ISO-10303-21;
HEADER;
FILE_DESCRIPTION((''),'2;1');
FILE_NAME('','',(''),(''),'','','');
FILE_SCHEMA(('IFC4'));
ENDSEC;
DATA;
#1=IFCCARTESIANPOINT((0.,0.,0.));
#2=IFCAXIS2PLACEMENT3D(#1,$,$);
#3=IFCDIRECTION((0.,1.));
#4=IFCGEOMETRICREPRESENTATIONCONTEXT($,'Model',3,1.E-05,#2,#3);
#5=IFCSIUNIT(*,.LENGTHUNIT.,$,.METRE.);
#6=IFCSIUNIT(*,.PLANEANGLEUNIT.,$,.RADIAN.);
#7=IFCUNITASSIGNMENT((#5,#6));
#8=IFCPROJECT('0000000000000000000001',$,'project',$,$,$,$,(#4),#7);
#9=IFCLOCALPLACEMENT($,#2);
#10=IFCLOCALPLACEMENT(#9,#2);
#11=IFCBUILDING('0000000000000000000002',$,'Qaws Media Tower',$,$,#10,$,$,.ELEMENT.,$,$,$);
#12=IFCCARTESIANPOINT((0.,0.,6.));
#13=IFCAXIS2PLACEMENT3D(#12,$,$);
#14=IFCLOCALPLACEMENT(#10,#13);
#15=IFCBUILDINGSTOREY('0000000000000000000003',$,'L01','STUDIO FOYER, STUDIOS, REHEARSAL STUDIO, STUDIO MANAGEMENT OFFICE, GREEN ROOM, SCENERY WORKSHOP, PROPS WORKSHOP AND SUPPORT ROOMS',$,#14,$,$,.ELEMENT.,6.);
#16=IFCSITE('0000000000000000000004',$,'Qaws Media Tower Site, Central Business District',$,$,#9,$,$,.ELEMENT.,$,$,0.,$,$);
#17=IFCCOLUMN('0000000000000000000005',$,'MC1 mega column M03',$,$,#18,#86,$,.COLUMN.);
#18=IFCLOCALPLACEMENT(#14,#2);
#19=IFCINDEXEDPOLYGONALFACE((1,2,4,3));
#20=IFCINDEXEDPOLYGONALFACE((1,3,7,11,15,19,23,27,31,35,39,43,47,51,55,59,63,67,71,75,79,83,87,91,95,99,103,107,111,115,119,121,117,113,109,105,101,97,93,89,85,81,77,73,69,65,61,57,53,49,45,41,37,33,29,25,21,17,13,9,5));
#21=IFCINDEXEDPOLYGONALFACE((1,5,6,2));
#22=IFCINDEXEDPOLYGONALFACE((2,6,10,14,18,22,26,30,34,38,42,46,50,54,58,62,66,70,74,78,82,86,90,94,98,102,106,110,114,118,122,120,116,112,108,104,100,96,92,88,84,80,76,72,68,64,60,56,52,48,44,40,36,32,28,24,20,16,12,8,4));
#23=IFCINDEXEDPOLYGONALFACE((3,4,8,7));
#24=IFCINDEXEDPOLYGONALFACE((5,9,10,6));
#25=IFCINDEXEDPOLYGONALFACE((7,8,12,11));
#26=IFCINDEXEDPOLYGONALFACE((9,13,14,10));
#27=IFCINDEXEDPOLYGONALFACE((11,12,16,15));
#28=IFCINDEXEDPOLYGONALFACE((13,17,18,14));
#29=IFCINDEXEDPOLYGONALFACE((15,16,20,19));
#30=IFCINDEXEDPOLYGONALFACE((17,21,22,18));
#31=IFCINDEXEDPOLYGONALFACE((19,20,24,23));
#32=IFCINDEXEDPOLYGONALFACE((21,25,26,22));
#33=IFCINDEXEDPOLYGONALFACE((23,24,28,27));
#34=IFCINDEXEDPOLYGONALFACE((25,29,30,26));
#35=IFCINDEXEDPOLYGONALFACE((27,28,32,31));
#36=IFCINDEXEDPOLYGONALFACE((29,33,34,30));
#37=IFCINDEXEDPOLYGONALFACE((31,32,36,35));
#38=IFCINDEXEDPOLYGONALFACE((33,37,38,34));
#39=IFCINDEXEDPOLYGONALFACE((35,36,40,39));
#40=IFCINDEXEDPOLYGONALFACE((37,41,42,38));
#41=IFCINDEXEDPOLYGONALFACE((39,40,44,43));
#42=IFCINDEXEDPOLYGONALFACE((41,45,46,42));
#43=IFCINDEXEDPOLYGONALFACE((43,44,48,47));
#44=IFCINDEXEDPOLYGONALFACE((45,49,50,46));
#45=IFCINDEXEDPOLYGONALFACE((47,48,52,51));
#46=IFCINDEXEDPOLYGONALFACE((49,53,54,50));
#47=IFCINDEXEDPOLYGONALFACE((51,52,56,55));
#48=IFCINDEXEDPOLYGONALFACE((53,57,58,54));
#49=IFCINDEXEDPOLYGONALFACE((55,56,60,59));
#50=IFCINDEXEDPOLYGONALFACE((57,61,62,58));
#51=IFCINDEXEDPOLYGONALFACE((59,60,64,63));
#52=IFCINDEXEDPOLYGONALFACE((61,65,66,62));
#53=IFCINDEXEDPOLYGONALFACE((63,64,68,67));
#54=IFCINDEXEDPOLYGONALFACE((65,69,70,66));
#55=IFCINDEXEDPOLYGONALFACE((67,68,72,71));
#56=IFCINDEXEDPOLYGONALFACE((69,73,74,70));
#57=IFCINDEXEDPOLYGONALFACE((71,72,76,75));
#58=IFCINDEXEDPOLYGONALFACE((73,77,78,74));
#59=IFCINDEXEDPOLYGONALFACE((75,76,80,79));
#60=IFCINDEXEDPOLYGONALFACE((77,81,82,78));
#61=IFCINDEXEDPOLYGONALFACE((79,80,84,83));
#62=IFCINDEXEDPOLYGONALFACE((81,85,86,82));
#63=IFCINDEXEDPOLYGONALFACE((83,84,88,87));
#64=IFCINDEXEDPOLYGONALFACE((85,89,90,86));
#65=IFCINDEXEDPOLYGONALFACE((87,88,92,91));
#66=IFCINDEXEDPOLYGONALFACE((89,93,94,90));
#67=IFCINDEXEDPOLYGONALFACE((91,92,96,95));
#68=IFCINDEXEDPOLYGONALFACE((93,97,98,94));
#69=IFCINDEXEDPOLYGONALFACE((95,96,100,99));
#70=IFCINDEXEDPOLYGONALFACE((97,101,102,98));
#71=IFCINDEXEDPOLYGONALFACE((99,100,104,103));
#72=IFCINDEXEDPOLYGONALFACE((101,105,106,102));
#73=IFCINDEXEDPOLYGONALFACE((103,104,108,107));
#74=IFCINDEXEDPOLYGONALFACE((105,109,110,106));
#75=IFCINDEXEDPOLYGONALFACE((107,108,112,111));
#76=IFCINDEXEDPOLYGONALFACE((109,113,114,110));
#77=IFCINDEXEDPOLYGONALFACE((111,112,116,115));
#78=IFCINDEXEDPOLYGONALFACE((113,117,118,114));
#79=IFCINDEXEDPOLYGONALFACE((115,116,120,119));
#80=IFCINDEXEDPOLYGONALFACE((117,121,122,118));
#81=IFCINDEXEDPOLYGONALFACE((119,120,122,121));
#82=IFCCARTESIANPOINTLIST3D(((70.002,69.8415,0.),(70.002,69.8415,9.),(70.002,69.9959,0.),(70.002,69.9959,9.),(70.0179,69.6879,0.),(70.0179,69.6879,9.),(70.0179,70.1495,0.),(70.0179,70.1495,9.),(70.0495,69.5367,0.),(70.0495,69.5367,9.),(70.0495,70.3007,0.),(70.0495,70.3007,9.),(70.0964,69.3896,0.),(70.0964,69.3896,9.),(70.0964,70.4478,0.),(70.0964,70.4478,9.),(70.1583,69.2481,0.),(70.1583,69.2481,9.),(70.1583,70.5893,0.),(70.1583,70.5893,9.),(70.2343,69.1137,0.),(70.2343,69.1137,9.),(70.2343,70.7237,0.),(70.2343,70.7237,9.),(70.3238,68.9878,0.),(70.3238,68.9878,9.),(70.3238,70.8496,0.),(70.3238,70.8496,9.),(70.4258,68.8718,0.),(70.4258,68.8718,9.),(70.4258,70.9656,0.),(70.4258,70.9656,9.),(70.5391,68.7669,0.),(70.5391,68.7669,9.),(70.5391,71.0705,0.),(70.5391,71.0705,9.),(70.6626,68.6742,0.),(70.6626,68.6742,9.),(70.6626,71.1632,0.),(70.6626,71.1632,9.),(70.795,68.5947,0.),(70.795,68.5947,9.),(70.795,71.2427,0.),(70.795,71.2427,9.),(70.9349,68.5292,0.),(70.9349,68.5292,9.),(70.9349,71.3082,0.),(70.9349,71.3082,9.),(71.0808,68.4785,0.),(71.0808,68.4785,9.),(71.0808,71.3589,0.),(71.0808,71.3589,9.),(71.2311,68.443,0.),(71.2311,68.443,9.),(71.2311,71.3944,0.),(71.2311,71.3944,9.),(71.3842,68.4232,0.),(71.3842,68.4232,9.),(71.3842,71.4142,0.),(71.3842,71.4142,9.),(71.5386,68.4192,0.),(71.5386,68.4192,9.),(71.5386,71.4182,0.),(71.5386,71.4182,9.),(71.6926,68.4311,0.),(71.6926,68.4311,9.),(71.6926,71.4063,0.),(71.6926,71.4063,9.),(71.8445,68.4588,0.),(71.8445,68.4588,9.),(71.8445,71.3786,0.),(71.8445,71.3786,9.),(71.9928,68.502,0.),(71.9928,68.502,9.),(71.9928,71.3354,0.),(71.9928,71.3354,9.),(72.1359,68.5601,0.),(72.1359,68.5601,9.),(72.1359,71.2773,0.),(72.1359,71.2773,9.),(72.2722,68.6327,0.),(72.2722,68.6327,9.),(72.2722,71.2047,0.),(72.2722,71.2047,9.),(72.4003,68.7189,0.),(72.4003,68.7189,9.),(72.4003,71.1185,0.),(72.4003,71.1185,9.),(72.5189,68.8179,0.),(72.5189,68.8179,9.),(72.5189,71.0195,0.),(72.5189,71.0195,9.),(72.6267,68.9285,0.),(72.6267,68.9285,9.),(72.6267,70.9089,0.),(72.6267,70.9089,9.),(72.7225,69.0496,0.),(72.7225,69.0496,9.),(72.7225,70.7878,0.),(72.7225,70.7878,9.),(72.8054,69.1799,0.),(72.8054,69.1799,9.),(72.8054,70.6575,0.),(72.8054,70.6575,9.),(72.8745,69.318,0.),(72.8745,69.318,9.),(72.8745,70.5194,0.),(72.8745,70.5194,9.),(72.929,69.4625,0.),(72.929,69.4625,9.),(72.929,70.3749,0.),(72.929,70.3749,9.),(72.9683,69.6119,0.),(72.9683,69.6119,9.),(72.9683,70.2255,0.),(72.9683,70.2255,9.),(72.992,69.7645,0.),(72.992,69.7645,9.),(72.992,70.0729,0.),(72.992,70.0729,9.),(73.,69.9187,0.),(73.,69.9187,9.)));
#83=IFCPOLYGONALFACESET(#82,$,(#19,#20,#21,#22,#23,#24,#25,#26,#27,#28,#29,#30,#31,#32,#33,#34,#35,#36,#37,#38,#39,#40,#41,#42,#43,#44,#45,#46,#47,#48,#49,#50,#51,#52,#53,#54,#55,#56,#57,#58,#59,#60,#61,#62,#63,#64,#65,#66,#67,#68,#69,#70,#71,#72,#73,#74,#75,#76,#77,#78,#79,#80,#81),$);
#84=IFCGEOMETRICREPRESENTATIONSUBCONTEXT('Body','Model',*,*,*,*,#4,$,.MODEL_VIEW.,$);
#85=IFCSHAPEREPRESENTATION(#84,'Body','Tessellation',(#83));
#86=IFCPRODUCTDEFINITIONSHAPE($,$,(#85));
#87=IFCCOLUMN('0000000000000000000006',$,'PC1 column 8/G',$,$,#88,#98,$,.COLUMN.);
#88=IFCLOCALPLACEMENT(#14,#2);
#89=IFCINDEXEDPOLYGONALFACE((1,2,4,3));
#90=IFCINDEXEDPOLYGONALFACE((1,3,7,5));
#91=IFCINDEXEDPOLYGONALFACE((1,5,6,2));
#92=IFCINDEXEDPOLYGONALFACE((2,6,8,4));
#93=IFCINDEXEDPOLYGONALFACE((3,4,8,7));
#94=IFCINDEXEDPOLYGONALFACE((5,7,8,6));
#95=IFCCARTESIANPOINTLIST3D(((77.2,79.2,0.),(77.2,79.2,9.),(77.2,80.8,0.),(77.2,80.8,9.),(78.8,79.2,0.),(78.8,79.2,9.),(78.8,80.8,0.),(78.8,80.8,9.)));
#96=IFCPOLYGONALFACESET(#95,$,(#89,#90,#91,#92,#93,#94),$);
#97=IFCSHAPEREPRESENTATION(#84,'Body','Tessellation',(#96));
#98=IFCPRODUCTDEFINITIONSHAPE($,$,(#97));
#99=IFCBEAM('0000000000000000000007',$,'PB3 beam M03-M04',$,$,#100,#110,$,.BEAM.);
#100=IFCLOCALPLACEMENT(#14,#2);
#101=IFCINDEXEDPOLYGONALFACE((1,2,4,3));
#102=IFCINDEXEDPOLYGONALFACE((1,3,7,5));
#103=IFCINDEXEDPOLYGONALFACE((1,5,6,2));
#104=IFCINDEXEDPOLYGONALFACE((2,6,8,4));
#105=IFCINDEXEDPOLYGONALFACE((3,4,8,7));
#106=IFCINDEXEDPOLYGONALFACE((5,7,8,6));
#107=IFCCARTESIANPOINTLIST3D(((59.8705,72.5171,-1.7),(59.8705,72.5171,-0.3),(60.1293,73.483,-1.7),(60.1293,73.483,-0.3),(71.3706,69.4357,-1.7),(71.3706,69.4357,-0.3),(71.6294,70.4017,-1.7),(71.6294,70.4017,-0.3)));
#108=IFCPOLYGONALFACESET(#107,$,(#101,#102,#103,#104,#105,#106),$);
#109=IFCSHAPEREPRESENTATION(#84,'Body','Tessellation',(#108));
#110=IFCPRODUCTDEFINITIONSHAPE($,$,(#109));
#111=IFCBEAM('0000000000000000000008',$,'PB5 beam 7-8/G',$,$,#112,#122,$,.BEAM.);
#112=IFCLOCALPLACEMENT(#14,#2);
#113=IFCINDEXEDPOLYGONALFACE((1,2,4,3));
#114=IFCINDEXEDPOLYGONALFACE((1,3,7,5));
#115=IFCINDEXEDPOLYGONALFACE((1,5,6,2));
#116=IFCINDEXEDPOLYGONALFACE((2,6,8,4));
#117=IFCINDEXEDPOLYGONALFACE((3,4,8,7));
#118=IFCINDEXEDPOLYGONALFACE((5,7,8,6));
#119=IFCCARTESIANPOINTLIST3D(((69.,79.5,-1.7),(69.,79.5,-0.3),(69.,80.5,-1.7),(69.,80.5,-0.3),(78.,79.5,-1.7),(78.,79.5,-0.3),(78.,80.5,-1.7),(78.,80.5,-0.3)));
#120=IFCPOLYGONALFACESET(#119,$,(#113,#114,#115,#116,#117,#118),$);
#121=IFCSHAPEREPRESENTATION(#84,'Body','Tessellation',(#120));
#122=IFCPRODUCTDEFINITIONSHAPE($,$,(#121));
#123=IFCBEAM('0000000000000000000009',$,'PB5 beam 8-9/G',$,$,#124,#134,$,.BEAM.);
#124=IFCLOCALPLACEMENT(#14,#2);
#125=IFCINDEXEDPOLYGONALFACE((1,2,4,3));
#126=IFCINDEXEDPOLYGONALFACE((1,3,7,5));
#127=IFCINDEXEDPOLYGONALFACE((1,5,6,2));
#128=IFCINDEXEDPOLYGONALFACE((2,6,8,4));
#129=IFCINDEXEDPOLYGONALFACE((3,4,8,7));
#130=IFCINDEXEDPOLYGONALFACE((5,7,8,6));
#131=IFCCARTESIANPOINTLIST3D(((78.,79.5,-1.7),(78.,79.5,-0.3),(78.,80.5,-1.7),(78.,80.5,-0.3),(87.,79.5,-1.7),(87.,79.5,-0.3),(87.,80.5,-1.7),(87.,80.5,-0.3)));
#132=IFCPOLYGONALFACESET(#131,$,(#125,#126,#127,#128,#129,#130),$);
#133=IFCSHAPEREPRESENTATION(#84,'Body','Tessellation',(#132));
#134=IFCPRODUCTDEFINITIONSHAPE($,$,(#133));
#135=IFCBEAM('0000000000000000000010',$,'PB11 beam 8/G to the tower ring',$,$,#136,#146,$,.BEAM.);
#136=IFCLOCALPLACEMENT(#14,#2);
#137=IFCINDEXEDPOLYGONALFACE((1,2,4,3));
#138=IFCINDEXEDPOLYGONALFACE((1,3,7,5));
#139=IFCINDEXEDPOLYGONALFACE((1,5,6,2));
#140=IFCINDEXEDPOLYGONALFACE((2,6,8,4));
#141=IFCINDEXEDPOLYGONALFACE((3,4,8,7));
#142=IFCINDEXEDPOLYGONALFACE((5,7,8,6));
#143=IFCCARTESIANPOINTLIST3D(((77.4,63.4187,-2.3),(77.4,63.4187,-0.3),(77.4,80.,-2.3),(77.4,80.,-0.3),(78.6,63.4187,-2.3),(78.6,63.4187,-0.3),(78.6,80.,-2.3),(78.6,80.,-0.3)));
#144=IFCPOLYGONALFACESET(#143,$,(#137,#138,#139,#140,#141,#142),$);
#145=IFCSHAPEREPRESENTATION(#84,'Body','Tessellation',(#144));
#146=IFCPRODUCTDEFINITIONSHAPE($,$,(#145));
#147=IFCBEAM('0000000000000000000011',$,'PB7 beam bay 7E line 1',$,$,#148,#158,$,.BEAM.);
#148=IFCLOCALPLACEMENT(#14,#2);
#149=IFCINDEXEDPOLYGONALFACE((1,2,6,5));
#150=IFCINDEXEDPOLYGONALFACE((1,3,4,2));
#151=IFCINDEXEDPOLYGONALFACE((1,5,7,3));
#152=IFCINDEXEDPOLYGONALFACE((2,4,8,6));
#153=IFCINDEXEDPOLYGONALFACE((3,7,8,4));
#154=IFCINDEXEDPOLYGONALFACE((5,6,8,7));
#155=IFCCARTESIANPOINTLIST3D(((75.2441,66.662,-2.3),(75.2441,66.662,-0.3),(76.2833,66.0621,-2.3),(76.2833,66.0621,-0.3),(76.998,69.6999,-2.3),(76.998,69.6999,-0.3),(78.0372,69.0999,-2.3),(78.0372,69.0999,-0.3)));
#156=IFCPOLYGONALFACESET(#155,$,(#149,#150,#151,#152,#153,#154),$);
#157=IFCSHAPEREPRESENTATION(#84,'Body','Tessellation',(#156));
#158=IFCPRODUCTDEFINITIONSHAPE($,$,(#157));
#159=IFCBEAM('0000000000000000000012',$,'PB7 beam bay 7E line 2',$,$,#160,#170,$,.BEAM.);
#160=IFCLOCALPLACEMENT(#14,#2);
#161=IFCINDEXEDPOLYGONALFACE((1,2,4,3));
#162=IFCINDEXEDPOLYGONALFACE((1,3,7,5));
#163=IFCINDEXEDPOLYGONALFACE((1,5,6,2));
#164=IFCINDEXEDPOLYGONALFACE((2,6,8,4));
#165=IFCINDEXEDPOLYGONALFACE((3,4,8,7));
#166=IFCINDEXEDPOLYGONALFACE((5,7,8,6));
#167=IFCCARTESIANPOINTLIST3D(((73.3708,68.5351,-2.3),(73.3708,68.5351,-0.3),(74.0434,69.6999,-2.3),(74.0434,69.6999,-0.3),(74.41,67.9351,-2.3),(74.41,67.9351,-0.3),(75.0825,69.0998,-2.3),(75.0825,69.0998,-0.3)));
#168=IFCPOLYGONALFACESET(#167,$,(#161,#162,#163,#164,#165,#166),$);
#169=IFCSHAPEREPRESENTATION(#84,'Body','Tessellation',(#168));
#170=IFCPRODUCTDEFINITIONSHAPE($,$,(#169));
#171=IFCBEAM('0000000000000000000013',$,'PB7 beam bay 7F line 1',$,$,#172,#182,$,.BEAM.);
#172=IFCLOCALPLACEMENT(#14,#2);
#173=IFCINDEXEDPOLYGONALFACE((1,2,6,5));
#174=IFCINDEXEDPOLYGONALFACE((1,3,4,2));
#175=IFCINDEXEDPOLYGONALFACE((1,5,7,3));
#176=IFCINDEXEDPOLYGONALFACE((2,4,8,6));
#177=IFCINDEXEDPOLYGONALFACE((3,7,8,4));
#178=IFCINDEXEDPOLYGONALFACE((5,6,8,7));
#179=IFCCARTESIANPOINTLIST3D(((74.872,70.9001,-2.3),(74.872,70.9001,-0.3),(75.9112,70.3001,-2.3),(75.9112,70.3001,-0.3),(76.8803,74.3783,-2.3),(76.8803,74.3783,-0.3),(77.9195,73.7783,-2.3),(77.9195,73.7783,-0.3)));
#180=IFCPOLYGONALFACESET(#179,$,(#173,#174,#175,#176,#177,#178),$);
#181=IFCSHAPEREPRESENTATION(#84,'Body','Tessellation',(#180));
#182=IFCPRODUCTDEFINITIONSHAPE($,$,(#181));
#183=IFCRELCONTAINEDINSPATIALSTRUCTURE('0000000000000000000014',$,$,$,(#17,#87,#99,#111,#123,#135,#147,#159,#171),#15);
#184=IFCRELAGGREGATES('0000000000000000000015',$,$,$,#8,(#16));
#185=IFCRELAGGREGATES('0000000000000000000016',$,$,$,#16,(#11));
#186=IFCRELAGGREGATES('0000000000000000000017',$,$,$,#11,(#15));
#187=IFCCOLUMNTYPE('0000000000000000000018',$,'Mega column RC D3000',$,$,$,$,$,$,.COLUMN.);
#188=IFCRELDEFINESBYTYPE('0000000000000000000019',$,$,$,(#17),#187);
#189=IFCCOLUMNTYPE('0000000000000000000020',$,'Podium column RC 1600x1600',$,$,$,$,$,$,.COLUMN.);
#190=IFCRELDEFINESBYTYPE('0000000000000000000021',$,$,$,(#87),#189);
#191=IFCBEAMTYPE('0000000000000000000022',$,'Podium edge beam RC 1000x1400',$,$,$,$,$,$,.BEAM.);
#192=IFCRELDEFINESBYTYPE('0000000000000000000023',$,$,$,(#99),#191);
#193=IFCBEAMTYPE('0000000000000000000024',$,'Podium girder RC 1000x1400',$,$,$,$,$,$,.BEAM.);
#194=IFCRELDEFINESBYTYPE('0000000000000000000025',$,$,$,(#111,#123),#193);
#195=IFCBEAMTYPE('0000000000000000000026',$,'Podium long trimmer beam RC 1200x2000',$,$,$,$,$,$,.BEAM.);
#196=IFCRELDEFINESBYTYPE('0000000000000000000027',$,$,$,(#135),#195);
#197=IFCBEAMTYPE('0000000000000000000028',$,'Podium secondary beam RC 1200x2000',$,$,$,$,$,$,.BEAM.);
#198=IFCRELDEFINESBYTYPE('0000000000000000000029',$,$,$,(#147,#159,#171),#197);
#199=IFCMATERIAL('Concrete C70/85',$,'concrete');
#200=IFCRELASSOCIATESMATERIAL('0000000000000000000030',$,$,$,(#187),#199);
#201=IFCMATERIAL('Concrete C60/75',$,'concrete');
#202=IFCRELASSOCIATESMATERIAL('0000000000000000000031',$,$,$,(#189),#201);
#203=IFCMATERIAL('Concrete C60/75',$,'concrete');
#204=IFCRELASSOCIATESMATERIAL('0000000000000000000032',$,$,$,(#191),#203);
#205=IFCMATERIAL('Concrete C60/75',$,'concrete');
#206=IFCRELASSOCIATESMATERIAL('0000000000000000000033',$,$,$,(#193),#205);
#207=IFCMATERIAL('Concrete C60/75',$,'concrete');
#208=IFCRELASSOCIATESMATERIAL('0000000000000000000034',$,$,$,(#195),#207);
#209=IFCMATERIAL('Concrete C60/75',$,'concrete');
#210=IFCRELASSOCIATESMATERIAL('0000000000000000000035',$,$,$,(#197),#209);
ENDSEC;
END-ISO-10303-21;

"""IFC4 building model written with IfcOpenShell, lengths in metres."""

from ifc_helpers import new_model, si_unit, direction, frame, origin, origin_2d, place, context, subcontext, project, spatial, rectangle, circle, extrude, material, material_profile, profile_set, type_object, element, save


model = new_model("IFC4")

# Units and contexts
model_context = context("Model", 3, precision=1e-05, world=origin(), true_north=direction((0.0, 1.0)))
body_context = subcontext(model_context, "Body", "Model", "MODEL_VIEW")
ifc_project = project(units=[si_unit("LENGTHUNIT", "METRE"), si_unit("PLANEANGLEUNIT", "RADIAN")], contexts=[model_context])

# Site, building, storey
site_placement = place(None, origin())
site = spatial("IfcSite", under=ifc_project, at=site_placement, Name="Qaws Media Tower Site, Central Business District", CompositionType="ELEMENT", RefElevation=0.0)
building_placement = place(site_placement, origin())
building = spatial("IfcBuilding", under=site, at=building_placement, Name="Qaws Media Tower", CompositionType="ELEMENT")
storey_placement = place(building_placement, frame((0.0, 0.0, 6.0)))
storey = spatial("IfcBuildingStorey", under=building, at=storey_placement, Name="L01", Description="STUDIO FOYER, STUDIOS, REHEARSAL STUDIO, STUDIO MANAGEMENT OFFICE, GREEN ROOM, SCENERY WORKSHOP, PROPS WORKSHOP AND SUPPORT ROOMS", CompositionType="ELEMENT", Elevation=6.0)

# Columns
ifc_material_1 = material(Name="Concrete C70/85", Category="concrete")
ifc_material_profile_1 = material_profile(ifc_material_1, circle(Radius=1.5, at=origin_2d()), Name="RC D3000")
ifc_profile_set_1 = profile_set([ifc_material_profile_1], Name="Concrete C70/85")
column_type_1 = type_object("IfcColumnType", Name="Mega column RC D3000", PredefinedType="COLUMN", material=ifc_profile_set_1)
column_1_placement = place(storey_placement, frame((71.5, 69.9187, 0.0), z_axis=(0.0, 0.0, 1.0), x_axis=(1.0, 0.0, 0.0)))
element("IfcColumn", 1, at=column_1_placement, inside=storey, type_object=column_type_1, Name="MC1 mega column M03", PredefinedType="COLUMN", context=body_context, shape_type="SweptSolid", body=[
    extrude(circle(Radius=1.5, at=origin_2d()), origin(), (0.0, 0.0, 1.0), 9.0),
])
ifc_material_2 = material(Name="Concrete C60/75", Category="concrete")
ifc_material_profile_2 = material_profile(ifc_material_2, rectangle(XDim=1.6001, YDim=1.6001, at=origin_2d()), Name="RC 1600x1600")
ifc_profile_set_2 = profile_set([ifc_material_profile_2], Name="Concrete C60/75")
column_type_2 = type_object("IfcColumnType", Name="Podium column RC 1600x1600", PredefinedType="COLUMN", material=ifc_profile_set_2)
column_2_placement = place(storey_placement, frame((78.0, 80.0, 0.0), z_axis=(0.0, 0.0, 1.0), x_axis=(1.0, 0.0, 0.0)))
element("IfcColumn", 2, at=column_2_placement, inside=storey, type_object=column_type_2, Name="PC1 column 8/G", PredefinedType="COLUMN", context=body_context, shape_type="SweptSolid", body=[
    extrude(rectangle(XDim=1.6001, YDim=1.6001, at=origin_2d()), origin(), (0.0, 0.0, 1.0), 9.0),
])

# Beams
ifc_material_3 = material(Name="Concrete C60/75", Category="concrete")
ifc_material_profile_3 = material_profile(ifc_material_3, rectangle(XDim=1.0, YDim=1.3999, at=origin_2d()), Name="RC 1000x1400")
ifc_profile_set_3 = profile_set([ifc_material_profile_3], Name="Concrete C60/75")
beam_type_1 = type_object("IfcBeamType", Name="Podium edge beam RC 1000x1400", PredefinedType="BEAM", material=ifc_profile_set_3)
beam_1_placement = place(storey_placement, frame((71.5, 69.9187, -1.0), z_axis=(-0.965928, 0.25881, 0.0), x_axis=(-0.25881, -0.965928, 0.0)))
element("IfcBeam", 3, at=beam_1_placement, inside=storey, type_object=beam_type_1, Name="PB3 beam M03-M04", PredefinedType="BEAM", context=body_context, shape_type="SweptSolid", body=[
    extrude(rectangle(XDim=1.0, YDim=1.3999, at=origin_2d()), origin(), (0.0, 0.0, 1.0), 11.9058),
])
ifc_material_4 = material(Name="Concrete C60/75", Category="concrete")
ifc_material_profile_4 = material_profile(ifc_material_4, rectangle(XDim=1.0, YDim=1.3999, at=origin_2d()), Name="RC 1000x1400")
ifc_profile_set_4 = profile_set([ifc_material_profile_4], Name="Concrete C60/75")
beam_type_2 = type_object("IfcBeamType", Name="Podium girder RC 1000x1400", PredefinedType="BEAM", material=ifc_profile_set_4)
for number, where, z_axis, x_axis, name in (
    (4, (69.0, 80.0, -1.0), (1.0, 0.0, 0.0), (0.0, 1.0, 0.0), "PB5 beam 7-8/G"),
    (5, (78.0, 80.0, -1.0), (1.0, 0.0, 0.0), (0.0, 1.0, 0.0), "PB5 beam 8-9/G"),
):
    element("IfcBeam", number, at=place(storey_placement, frame(where, z_axis=z_axis, x_axis=x_axis)), inside=storey, type_object=beam_type_2, Name=name, PredefinedType="BEAM", context=body_context, shape_type="SweptSolid", body=[
        extrude(rectangle(XDim=1.0, YDim=1.3999, at=origin_2d()), origin(), (0.0, 0.0, 1.0), 9.0),
    ])
ifc_material_5 = material(Name="Concrete C60/75", Category="concrete")
ifc_material_profile_5 = material_profile(ifc_material_5, rectangle(XDim=1.2, YDim=2.0, at=origin_2d()), Name="RC 1200x2000")
ifc_profile_set_5 = profile_set([ifc_material_profile_5], Name="Concrete C60/75")
beam_type_3 = type_object("IfcBeamType", Name="Podium long trimmer beam RC 1200x2000", PredefinedType="BEAM", material=ifc_profile_set_5)
beam_2_placement = place(storey_placement, frame((78.0, 80.0, -1.3), z_axis=(0.0, -1.0, 0.0), x_axis=(1.0, 0.0, 0.0)))
element("IfcBeam", 6, at=beam_2_placement, inside=storey, type_object=beam_type_3, Name="PB11 beam 8/G to the tower ring", PredefinedType="BEAM", context=body_context, shape_type="SweptSolid", body=[
    extrude(rectangle(XDim=1.2, YDim=2.0, at=origin_2d()), origin(), (0.0, 0.0, 1.0), 16.5813),
])
ifc_material_6 = material(Name="Concrete C60/75", Category="concrete")
ifc_material_profile_6 = material_profile(ifc_material_6, rectangle(XDim=1.2, YDim=2.0, at=origin_2d()), Name="RC 1200x2000")
ifc_profile_set_6 = profile_set([ifc_material_profile_6], Name="Concrete C60/75")
beam_type_4 = type_object("IfcBeamType", Name="Podium secondary beam RC 1200x2000", PredefinedType="BEAM", material=ifc_profile_set_6)
beam_3_placement = place(storey_placement, frame((75.7637, 66.3621, -1.3), z_axis=(0.500002, 0.866024, 0.0), x_axis=(-0.866024, 0.500002, 0.0)))
element("IfcBeam", 7, at=beam_3_placement, inside=storey, type_object=beam_type_4, Name="PB7 beam bay 7E line 1", PredefinedType="BEAM", context=body_context, shape_type="SweptSolid", body=[
    extrude(rectangle(XDim=1.2, YDim=2.0, at=origin_2d()), origin(), (0.0, 0.0, 1.0), 3.5078),
])
beam_4_placement = place(storey_placement, frame((73.8904, 68.2351, -1.3), z_axis=(0.500063, 0.865989, 0.0), x_axis=(-0.865989, 0.500063, 0.0)))
element("IfcBeam", 8, at=beam_4_placement, inside=storey, type_object=beam_type_4, Name="PB7 beam bay 7E line 2", PredefinedType="BEAM", context=body_context, shape_type="SweptSolid", body=[
    extrude(rectangle(XDim=1.2, YDim=2.0, at=origin_2d()), origin(), (0.0, 0.0, 1.0), 1.345),
])
beam_5_placement = place(storey_placement, frame((75.3916, 70.6001, -1.3), z_axis=(0.500022, 0.866012, 0.0), x_axis=(-0.866012, 0.500022, 0.0)))
element("IfcBeam", 9, at=beam_5_placement, inside=storey, type_object=beam_type_4, Name="PB7 beam bay 7F line 1", PredefinedType="BEAM", context=body_context, shape_type="SweptSolid", body=[
    extrude(rectangle(XDim=1.2, YDim=2.0, at=origin_2d()), origin(), (0.0, 0.0, 1.0), 4.0164),
])

save(model, "model.ifc")
